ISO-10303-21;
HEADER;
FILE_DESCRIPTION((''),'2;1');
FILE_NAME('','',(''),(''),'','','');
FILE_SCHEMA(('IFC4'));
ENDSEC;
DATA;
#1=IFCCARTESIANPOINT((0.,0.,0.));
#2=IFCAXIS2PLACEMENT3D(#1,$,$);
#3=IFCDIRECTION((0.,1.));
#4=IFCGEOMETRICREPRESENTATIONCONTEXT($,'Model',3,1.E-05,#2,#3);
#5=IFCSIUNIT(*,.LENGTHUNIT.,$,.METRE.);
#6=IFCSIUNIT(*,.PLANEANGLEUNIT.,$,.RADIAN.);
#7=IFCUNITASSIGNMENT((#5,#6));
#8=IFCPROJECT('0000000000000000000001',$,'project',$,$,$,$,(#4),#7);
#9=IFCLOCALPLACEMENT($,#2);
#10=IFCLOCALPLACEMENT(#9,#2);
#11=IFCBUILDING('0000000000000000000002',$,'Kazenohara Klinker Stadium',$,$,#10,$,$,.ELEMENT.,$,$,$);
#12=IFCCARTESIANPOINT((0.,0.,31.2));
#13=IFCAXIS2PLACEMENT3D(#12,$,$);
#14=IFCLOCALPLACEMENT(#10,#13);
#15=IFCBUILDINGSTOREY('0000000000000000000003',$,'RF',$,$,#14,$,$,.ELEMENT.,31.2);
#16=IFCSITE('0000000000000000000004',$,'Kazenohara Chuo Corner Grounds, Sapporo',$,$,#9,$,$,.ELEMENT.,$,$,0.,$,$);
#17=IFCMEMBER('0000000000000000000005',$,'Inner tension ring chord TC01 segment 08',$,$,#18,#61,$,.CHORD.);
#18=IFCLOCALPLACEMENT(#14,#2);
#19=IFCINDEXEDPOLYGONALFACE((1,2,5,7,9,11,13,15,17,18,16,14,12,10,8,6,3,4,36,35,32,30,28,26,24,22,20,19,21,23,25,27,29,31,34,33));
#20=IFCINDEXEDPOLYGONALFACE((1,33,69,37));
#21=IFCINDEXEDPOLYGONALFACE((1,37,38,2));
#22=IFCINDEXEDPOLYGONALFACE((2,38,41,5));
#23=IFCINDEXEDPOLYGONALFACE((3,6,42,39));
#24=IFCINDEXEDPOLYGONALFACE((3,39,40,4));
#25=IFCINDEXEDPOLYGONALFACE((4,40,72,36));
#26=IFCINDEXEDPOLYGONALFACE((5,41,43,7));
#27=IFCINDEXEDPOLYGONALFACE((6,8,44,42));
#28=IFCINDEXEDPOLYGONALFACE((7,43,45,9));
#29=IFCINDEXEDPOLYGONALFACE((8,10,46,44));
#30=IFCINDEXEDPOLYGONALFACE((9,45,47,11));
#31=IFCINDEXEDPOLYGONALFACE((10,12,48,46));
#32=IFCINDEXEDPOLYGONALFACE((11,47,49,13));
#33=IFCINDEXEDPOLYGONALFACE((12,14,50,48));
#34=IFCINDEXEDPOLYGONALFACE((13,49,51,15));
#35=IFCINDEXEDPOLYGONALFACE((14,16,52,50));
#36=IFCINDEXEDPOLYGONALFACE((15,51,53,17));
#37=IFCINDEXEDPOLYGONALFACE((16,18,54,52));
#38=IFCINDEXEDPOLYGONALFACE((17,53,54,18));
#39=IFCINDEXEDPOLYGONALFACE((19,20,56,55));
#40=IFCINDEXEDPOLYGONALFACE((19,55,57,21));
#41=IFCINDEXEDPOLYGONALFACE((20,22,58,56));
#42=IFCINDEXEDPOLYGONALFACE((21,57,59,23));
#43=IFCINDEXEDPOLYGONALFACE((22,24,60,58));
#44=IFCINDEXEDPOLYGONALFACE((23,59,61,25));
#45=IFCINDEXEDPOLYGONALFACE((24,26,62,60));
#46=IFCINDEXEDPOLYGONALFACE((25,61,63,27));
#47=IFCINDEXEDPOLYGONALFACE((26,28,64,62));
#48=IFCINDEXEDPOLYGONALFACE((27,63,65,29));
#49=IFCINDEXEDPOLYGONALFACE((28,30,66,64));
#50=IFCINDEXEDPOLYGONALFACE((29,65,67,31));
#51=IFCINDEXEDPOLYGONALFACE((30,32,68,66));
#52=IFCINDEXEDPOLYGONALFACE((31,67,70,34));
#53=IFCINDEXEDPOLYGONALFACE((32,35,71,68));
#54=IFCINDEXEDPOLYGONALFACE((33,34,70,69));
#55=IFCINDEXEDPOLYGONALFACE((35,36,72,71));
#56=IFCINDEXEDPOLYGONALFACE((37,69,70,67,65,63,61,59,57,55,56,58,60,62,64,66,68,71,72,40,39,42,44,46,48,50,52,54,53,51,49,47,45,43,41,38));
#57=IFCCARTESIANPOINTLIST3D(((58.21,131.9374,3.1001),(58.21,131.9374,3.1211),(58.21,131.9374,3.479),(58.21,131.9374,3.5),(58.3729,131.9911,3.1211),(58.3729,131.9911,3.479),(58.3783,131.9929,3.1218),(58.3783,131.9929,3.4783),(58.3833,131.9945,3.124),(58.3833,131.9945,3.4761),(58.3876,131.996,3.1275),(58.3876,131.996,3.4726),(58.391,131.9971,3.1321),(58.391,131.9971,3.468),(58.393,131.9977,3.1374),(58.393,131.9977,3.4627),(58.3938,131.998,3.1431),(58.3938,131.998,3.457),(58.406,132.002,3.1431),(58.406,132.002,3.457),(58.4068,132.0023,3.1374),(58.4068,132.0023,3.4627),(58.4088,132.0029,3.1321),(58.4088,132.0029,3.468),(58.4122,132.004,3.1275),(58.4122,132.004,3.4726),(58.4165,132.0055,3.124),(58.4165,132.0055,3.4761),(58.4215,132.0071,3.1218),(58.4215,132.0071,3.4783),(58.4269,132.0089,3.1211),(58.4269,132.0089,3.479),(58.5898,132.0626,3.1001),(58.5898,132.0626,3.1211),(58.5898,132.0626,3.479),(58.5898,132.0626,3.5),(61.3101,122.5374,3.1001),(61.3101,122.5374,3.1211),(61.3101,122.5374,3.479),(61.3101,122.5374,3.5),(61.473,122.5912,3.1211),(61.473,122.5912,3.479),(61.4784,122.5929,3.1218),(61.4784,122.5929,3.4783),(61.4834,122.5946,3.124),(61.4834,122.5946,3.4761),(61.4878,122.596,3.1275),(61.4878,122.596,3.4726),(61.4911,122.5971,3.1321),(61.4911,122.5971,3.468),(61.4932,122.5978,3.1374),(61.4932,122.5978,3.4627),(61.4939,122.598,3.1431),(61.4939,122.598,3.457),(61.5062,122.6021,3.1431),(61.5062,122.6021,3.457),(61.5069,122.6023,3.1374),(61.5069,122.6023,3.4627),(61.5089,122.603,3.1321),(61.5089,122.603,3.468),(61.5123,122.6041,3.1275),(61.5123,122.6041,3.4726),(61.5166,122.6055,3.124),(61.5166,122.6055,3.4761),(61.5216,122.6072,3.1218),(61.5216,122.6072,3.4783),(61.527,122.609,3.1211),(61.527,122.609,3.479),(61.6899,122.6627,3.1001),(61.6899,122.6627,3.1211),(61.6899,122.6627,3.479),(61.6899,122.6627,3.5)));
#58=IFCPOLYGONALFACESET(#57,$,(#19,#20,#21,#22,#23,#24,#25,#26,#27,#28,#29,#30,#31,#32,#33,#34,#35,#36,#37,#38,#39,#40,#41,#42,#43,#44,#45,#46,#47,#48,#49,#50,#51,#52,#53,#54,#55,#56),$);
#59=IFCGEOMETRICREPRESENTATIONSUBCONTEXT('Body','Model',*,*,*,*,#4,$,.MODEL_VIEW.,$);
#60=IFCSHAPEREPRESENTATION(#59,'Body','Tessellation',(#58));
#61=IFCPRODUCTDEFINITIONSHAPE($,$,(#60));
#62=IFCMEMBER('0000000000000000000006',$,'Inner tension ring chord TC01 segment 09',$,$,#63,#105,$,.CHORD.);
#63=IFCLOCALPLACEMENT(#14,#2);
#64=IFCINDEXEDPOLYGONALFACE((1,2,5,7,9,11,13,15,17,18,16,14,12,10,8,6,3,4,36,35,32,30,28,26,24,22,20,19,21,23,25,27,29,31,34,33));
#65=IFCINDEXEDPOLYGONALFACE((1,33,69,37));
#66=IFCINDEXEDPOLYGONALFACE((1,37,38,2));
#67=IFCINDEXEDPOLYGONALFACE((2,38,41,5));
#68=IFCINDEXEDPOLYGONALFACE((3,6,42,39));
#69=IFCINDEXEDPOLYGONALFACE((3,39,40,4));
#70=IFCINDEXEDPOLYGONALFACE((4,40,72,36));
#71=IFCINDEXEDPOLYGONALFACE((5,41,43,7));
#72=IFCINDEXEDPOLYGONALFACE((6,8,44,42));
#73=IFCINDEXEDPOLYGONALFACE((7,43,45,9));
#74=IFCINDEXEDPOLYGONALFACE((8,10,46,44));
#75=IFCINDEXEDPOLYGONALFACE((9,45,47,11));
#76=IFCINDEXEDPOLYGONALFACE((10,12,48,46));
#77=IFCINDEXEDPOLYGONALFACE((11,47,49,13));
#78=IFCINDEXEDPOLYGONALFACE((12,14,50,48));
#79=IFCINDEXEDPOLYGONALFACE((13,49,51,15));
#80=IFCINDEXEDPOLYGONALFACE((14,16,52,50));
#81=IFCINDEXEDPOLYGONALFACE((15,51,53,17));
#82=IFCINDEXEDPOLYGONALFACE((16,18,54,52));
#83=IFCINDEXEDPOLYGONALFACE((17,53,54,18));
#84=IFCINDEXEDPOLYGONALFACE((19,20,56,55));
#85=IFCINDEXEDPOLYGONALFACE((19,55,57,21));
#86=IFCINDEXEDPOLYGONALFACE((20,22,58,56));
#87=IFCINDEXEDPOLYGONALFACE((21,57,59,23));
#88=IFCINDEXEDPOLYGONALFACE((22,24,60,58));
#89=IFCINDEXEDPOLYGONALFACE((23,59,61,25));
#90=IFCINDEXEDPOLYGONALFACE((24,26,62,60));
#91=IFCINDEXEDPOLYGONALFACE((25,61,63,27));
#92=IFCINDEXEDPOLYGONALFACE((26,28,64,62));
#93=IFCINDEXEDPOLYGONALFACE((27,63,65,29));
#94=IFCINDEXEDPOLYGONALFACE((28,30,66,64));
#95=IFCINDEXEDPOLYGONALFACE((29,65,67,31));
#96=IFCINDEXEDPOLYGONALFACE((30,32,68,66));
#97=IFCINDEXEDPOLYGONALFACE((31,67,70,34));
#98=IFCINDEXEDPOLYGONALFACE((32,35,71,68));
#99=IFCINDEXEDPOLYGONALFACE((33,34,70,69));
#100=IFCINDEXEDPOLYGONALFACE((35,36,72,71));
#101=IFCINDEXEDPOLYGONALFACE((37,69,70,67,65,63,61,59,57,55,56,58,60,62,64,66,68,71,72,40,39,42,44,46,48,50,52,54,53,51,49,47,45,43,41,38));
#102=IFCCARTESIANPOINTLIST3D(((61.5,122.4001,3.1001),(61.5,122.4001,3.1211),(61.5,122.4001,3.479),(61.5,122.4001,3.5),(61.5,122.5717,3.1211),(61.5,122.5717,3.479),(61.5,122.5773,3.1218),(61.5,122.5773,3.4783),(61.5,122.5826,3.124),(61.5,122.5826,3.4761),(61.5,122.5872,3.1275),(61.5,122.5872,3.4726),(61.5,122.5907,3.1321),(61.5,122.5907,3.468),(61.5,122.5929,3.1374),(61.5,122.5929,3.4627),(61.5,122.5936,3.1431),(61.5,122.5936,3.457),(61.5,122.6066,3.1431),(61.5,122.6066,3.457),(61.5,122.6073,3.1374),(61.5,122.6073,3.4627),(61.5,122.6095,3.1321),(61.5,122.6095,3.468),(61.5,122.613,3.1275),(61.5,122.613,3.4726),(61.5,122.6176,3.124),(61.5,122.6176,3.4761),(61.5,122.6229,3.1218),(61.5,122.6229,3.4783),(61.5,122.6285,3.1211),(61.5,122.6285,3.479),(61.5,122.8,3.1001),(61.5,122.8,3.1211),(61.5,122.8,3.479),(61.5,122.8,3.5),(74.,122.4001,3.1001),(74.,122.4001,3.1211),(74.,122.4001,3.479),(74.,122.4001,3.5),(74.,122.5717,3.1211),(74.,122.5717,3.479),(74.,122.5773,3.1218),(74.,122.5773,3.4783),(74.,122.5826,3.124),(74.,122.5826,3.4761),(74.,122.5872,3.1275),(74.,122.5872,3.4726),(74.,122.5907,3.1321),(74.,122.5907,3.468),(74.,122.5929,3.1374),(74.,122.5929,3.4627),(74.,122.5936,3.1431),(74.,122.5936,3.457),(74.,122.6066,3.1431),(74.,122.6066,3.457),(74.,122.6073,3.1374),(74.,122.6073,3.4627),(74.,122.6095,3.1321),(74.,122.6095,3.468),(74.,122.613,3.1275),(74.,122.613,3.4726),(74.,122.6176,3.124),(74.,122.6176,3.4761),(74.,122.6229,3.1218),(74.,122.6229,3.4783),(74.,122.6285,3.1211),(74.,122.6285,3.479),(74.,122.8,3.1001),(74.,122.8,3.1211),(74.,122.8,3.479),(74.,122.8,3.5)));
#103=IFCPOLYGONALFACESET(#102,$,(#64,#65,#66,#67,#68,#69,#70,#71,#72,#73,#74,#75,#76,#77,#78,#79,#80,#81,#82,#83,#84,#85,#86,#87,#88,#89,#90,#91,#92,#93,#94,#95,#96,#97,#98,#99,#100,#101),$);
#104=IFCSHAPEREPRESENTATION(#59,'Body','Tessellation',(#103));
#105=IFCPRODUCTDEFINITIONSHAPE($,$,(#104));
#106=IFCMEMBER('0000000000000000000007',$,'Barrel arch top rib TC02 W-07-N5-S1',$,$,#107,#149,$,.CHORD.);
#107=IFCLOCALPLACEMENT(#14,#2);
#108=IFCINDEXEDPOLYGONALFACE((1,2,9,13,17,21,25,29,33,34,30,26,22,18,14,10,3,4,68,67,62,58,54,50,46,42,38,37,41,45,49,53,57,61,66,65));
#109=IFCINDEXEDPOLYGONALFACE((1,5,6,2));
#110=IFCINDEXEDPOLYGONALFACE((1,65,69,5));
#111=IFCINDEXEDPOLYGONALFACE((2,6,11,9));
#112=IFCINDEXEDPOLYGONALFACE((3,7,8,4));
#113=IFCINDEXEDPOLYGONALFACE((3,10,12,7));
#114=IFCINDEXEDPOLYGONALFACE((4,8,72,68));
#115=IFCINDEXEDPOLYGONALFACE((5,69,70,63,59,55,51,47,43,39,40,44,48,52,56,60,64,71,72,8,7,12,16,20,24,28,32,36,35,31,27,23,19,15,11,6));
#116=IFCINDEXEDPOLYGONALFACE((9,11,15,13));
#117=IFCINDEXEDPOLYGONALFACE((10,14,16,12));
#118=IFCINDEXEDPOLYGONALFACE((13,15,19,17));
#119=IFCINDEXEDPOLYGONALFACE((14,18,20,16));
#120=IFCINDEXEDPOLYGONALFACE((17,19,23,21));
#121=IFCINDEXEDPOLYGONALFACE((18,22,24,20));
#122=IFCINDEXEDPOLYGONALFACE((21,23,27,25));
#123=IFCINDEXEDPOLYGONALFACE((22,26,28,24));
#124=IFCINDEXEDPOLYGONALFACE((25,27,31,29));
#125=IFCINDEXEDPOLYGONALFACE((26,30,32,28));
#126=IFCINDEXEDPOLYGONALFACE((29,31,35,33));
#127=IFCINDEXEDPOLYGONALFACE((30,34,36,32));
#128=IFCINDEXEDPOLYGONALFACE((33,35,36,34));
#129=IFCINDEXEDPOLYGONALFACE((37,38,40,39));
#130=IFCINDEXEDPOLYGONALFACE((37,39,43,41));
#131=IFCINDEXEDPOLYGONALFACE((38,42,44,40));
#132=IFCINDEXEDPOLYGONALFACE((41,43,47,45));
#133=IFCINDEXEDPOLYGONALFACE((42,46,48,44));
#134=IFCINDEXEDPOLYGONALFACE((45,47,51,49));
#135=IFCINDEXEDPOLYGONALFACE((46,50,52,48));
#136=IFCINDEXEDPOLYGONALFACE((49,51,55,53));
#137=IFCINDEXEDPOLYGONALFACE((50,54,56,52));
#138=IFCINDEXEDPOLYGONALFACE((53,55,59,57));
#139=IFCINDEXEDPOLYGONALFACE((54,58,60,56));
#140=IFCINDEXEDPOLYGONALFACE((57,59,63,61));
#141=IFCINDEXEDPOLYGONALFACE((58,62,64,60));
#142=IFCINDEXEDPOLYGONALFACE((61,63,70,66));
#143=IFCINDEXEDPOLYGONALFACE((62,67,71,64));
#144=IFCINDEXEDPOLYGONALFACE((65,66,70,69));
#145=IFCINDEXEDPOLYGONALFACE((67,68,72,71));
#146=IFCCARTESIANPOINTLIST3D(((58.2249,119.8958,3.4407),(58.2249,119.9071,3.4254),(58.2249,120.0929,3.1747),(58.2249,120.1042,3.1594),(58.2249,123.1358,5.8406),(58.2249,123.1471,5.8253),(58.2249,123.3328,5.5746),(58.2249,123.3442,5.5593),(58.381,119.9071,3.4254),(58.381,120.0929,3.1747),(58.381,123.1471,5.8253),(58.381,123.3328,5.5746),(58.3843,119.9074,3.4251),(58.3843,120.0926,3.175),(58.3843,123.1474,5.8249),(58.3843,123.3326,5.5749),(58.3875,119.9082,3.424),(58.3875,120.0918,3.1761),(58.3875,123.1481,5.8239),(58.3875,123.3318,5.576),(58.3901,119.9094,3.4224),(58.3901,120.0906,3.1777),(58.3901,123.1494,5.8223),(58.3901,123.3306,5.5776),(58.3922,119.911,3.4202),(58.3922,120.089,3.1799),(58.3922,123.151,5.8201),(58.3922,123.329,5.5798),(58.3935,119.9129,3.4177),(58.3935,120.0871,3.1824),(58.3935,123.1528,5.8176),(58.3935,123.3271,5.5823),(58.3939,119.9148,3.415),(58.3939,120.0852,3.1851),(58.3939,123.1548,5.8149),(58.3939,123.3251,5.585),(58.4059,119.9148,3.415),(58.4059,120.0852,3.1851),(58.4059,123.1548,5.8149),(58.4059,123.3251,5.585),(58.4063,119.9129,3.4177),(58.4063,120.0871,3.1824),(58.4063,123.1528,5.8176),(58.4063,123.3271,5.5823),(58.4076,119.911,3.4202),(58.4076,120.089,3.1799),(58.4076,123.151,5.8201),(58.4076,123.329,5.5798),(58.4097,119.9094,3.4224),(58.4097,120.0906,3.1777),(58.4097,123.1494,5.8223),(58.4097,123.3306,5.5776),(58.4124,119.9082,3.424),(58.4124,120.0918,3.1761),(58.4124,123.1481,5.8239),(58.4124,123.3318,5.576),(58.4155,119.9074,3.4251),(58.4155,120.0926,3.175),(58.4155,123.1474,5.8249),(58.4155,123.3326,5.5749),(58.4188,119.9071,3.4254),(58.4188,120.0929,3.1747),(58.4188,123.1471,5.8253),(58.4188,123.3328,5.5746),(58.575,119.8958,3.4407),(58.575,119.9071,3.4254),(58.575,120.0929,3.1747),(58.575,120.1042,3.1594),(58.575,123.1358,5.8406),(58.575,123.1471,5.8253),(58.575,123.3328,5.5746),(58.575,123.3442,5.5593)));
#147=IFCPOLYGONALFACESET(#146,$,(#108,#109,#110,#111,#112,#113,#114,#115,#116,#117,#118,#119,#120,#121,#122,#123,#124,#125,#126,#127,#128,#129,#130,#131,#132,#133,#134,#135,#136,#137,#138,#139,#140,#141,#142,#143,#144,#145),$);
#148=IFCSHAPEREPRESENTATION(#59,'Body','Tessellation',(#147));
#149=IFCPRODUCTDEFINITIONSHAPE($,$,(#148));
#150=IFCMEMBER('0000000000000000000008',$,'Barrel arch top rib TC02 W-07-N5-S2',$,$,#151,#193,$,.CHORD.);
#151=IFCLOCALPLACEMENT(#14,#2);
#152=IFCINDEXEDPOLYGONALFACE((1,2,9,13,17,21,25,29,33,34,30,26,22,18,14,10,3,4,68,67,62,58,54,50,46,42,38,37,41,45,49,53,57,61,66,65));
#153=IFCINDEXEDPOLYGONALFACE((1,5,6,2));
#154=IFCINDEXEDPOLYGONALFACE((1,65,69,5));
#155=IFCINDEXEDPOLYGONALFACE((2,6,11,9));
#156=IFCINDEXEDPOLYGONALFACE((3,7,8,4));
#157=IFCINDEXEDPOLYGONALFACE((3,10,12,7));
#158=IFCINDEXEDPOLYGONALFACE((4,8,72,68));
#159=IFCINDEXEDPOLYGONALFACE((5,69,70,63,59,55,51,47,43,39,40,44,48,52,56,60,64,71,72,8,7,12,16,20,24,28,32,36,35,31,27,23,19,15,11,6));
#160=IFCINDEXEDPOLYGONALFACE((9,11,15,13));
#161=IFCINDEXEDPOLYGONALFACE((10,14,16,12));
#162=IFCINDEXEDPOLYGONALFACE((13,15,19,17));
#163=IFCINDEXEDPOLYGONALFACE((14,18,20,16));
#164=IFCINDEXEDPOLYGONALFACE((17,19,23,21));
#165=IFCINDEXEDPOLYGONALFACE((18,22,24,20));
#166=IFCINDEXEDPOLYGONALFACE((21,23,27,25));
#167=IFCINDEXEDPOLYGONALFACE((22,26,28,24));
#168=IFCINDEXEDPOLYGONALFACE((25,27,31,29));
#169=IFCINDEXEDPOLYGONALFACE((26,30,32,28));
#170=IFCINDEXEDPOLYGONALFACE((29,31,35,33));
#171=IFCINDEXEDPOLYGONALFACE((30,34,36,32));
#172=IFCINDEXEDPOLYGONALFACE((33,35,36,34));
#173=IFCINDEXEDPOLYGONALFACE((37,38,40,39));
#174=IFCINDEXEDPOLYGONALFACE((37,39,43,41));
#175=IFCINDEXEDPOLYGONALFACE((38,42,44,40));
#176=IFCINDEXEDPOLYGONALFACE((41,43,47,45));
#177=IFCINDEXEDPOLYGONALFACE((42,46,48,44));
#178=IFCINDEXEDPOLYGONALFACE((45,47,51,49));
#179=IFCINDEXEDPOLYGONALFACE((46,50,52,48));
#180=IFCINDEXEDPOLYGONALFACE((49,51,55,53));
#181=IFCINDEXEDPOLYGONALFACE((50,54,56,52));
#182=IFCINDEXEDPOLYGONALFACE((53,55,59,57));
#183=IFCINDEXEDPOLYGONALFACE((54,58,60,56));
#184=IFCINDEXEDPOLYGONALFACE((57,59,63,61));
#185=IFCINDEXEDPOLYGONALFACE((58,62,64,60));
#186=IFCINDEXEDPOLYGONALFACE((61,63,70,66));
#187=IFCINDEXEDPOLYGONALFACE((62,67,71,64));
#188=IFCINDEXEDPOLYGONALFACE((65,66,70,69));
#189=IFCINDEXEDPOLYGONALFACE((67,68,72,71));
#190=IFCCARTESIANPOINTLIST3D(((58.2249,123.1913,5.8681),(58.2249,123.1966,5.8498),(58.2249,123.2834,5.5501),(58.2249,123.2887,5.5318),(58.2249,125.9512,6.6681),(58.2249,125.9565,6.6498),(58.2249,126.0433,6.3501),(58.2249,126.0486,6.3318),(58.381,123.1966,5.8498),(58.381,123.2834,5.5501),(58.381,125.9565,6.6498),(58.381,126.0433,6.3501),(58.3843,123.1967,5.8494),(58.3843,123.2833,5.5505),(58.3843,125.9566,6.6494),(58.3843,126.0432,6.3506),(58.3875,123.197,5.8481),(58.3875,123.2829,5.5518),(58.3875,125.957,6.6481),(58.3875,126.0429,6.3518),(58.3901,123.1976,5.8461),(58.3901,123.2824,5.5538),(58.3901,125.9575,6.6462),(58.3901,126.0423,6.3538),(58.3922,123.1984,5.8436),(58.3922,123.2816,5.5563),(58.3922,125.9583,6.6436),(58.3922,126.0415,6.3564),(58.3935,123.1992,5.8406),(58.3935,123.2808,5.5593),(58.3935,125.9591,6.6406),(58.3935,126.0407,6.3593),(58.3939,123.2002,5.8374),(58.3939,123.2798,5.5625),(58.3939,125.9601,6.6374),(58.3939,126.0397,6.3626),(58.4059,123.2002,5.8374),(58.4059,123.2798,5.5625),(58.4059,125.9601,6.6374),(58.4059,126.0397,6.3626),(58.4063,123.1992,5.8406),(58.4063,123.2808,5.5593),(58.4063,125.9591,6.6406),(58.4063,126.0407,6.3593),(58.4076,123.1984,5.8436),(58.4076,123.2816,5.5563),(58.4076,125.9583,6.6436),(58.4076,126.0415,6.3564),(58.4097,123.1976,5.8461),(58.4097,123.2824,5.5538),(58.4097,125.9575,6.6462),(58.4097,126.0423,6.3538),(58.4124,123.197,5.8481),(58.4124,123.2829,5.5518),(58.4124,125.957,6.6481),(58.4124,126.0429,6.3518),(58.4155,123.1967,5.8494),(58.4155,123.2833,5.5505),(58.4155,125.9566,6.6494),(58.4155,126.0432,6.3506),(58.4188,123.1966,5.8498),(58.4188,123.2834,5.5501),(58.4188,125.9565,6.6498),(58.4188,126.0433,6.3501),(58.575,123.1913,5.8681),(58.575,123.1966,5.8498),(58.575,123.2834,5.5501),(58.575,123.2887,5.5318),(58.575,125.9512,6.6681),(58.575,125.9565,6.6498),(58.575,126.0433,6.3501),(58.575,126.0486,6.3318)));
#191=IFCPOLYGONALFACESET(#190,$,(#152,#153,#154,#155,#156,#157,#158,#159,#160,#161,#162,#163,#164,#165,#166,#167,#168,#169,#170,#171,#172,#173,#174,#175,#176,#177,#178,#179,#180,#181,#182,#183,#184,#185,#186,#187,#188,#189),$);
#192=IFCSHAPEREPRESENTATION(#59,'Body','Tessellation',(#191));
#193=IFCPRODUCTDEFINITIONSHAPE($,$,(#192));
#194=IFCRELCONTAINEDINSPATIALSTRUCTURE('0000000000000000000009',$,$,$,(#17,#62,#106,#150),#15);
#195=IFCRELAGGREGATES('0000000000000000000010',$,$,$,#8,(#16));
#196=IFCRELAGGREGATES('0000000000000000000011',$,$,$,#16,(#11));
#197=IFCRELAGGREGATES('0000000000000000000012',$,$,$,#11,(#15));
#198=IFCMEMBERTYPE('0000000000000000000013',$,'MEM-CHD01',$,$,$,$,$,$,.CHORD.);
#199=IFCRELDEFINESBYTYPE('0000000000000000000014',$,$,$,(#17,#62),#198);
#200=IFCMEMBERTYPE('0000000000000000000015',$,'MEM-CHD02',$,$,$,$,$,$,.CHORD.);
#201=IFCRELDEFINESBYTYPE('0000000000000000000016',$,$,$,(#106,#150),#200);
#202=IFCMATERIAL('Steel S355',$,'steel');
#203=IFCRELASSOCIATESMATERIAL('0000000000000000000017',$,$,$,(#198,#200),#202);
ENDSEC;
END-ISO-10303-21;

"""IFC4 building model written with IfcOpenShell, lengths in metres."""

from ifc_helpers import new_model, si_unit, direction, frame, origin, origin_2d, place, context, subcontext, project, spatial, i_section, extrude, material, material_profile, profile_set, type_object, element, save


model = new_model("IFC4")

# Units and contexts
model_context = context("Model", 3, precision=1e-05, world=origin(), true_north=direction((0.0, 1.0)))
body_context = subcontext(model_context, "Body", "Model", "MODEL_VIEW")
ifc_project = project(units=[si_unit("LENGTHUNIT", "METRE"), si_unit("PLANEANGLEUNIT", "RADIAN")], contexts=[model_context])

# Site, building, storey
site_placement = place(None, origin())
site = spatial("IfcSite", under=ifc_project, at=site_placement, Name="Kazenohara Chuo Corner Grounds, Sapporo", CompositionType="ELEMENT", RefElevation=0.0)
building_placement = place(site_placement, origin())
building = spatial("IfcBuilding", under=site, at=building_placement, Name="Kazenohara Klinker Stadium", CompositionType="ELEMENT")
storey_placement = place(building_placement, frame((0.0, 0.0, 31.2)))
storey = spatial("IfcBuildingStorey", under=building, at=storey_placement, Name="RF", CompositionType="ELEMENT", Elevation=31.2)

# Members
ifc_material = material(Name="Steel S355", Category="steel")
ifc_material_profile_1 = material_profile(ifc_material, i_section(OverallWidth=0.3999, OverallDepth=0.3999, WebThickness=0.0129, FlangeThickness=0.021, FilletRadius=0.022, at=origin_2d()), Name="H-400x400x13x21")
ifc_profile_set_1 = profile_set([ifc_material_profile_1], Name="Steel S355")
member_type_1 = type_object("IfcMemberType", Name="MEM-CHD01", PredefinedType="CHORD", material=ifc_profile_set_1)
member_1_placement = place(storey_placement, frame((58.3999, 132.0, 3.3), z_axis=(0.313207, -0.949685, 0.0), x_axis=(0.949685, 0.313207, 0.0)))
element("IfcMember", 1, at=member_1_placement, inside=storey, type_object=member_type_1, Name="Inner tension ring chord TC01 segment 08", PredefinedType="CHORD", context=body_context, shape_type="SweptSolid", body=[
    extrude(i_section(OverallWidth=0.3999, OverallDepth=0.3999, WebThickness=0.0129, FlangeThickness=0.021, FilletRadius=0.022, at=origin_2d()), origin(), (0.0, 0.0, 1.0), 9.8979),
])
member_2_placement = place(storey_placement, frame((61.5, 122.6001, 3.3), z_axis=(1.0, 0.0, 0.0), x_axis=(0.0, 1.0, 0.0)))
element("IfcMember", 2, at=member_2_placement, inside=storey, type_object=member_type_1, Name="Inner tension ring chord TC01 segment 09", PredefinedType="CHORD", context=body_context, shape_type="SweptSolid", body=[
    extrude(i_section(OverallWidth=0.3999, OverallDepth=0.3999, WebThickness=0.0129, FlangeThickness=0.021, FilletRadius=0.022, at=origin_2d()), origin(), (0.0, 0.0, 1.0), 12.5),
])
ifc_material_profile_2 = material_profile(ifc_material, i_section(OverallWidth=0.3501, OverallDepth=0.3501, WebThickness=0.012, FlangeThickness=0.019, FilletRadius=0.0129, at=origin_2d()), Name="H-350x350x12x19")
ifc_profile_set_2 = profile_set([ifc_material_profile_2], Name="Steel S355")
member_type_2 = type_object("IfcMemberType", Name="MEM-CHD02", PredefinedType="CHORD", material=ifc_profile_set_2)
member_3_placement = place(storey_placement, frame((58.3999, 120.0, 3.3), z_axis=(0.0, 0.803568, 0.595213), x_axis=(-1.0, 0.0, 0.0)))
element("IfcMember", 3, at=member_3_placement, inside=storey, type_object=member_type_2, Name="Barrel arch top rib TC02 W-07-N5-S1", PredefinedType="CHORD", context=body_context, shape_type="SweptSolid", body=[
    extrude(i_section(OverallWidth=0.3501, OverallDepth=0.3501, WebThickness=0.012, FlangeThickness=0.019, FilletRadius=0.0129, at=origin_2d()), origin(), (0.0, 0.0, 1.0), 4.032),
])
for number, where, z_axis, x_axis, name in (
    (4, (58.3999, 123.24, 5.7), (0.0, 0.960462, 0.278411), (-1.0, 0.0, 0.0), "Barrel arch top rib TC02 W-07-N5-S2"),
):
    element("IfcMember", number, at=place(storey_placement, frame(where, z_axis=z_axis, x_axis=x_axis)), inside=storey, type_object=member_type_2, Name=name, PredefinedType="CHORD", context=body_context, shape_type="SweptSolid", body=[
        extrude(i_section(OverallWidth=0.3501, OverallDepth=0.3501, WebThickness=0.012, FlangeThickness=0.019, FilletRadius=0.0129, at=origin_2d()), origin(), (0.0, 0.0, 1.0), 2.8735),
    ])

save(model, "model.ifc")
